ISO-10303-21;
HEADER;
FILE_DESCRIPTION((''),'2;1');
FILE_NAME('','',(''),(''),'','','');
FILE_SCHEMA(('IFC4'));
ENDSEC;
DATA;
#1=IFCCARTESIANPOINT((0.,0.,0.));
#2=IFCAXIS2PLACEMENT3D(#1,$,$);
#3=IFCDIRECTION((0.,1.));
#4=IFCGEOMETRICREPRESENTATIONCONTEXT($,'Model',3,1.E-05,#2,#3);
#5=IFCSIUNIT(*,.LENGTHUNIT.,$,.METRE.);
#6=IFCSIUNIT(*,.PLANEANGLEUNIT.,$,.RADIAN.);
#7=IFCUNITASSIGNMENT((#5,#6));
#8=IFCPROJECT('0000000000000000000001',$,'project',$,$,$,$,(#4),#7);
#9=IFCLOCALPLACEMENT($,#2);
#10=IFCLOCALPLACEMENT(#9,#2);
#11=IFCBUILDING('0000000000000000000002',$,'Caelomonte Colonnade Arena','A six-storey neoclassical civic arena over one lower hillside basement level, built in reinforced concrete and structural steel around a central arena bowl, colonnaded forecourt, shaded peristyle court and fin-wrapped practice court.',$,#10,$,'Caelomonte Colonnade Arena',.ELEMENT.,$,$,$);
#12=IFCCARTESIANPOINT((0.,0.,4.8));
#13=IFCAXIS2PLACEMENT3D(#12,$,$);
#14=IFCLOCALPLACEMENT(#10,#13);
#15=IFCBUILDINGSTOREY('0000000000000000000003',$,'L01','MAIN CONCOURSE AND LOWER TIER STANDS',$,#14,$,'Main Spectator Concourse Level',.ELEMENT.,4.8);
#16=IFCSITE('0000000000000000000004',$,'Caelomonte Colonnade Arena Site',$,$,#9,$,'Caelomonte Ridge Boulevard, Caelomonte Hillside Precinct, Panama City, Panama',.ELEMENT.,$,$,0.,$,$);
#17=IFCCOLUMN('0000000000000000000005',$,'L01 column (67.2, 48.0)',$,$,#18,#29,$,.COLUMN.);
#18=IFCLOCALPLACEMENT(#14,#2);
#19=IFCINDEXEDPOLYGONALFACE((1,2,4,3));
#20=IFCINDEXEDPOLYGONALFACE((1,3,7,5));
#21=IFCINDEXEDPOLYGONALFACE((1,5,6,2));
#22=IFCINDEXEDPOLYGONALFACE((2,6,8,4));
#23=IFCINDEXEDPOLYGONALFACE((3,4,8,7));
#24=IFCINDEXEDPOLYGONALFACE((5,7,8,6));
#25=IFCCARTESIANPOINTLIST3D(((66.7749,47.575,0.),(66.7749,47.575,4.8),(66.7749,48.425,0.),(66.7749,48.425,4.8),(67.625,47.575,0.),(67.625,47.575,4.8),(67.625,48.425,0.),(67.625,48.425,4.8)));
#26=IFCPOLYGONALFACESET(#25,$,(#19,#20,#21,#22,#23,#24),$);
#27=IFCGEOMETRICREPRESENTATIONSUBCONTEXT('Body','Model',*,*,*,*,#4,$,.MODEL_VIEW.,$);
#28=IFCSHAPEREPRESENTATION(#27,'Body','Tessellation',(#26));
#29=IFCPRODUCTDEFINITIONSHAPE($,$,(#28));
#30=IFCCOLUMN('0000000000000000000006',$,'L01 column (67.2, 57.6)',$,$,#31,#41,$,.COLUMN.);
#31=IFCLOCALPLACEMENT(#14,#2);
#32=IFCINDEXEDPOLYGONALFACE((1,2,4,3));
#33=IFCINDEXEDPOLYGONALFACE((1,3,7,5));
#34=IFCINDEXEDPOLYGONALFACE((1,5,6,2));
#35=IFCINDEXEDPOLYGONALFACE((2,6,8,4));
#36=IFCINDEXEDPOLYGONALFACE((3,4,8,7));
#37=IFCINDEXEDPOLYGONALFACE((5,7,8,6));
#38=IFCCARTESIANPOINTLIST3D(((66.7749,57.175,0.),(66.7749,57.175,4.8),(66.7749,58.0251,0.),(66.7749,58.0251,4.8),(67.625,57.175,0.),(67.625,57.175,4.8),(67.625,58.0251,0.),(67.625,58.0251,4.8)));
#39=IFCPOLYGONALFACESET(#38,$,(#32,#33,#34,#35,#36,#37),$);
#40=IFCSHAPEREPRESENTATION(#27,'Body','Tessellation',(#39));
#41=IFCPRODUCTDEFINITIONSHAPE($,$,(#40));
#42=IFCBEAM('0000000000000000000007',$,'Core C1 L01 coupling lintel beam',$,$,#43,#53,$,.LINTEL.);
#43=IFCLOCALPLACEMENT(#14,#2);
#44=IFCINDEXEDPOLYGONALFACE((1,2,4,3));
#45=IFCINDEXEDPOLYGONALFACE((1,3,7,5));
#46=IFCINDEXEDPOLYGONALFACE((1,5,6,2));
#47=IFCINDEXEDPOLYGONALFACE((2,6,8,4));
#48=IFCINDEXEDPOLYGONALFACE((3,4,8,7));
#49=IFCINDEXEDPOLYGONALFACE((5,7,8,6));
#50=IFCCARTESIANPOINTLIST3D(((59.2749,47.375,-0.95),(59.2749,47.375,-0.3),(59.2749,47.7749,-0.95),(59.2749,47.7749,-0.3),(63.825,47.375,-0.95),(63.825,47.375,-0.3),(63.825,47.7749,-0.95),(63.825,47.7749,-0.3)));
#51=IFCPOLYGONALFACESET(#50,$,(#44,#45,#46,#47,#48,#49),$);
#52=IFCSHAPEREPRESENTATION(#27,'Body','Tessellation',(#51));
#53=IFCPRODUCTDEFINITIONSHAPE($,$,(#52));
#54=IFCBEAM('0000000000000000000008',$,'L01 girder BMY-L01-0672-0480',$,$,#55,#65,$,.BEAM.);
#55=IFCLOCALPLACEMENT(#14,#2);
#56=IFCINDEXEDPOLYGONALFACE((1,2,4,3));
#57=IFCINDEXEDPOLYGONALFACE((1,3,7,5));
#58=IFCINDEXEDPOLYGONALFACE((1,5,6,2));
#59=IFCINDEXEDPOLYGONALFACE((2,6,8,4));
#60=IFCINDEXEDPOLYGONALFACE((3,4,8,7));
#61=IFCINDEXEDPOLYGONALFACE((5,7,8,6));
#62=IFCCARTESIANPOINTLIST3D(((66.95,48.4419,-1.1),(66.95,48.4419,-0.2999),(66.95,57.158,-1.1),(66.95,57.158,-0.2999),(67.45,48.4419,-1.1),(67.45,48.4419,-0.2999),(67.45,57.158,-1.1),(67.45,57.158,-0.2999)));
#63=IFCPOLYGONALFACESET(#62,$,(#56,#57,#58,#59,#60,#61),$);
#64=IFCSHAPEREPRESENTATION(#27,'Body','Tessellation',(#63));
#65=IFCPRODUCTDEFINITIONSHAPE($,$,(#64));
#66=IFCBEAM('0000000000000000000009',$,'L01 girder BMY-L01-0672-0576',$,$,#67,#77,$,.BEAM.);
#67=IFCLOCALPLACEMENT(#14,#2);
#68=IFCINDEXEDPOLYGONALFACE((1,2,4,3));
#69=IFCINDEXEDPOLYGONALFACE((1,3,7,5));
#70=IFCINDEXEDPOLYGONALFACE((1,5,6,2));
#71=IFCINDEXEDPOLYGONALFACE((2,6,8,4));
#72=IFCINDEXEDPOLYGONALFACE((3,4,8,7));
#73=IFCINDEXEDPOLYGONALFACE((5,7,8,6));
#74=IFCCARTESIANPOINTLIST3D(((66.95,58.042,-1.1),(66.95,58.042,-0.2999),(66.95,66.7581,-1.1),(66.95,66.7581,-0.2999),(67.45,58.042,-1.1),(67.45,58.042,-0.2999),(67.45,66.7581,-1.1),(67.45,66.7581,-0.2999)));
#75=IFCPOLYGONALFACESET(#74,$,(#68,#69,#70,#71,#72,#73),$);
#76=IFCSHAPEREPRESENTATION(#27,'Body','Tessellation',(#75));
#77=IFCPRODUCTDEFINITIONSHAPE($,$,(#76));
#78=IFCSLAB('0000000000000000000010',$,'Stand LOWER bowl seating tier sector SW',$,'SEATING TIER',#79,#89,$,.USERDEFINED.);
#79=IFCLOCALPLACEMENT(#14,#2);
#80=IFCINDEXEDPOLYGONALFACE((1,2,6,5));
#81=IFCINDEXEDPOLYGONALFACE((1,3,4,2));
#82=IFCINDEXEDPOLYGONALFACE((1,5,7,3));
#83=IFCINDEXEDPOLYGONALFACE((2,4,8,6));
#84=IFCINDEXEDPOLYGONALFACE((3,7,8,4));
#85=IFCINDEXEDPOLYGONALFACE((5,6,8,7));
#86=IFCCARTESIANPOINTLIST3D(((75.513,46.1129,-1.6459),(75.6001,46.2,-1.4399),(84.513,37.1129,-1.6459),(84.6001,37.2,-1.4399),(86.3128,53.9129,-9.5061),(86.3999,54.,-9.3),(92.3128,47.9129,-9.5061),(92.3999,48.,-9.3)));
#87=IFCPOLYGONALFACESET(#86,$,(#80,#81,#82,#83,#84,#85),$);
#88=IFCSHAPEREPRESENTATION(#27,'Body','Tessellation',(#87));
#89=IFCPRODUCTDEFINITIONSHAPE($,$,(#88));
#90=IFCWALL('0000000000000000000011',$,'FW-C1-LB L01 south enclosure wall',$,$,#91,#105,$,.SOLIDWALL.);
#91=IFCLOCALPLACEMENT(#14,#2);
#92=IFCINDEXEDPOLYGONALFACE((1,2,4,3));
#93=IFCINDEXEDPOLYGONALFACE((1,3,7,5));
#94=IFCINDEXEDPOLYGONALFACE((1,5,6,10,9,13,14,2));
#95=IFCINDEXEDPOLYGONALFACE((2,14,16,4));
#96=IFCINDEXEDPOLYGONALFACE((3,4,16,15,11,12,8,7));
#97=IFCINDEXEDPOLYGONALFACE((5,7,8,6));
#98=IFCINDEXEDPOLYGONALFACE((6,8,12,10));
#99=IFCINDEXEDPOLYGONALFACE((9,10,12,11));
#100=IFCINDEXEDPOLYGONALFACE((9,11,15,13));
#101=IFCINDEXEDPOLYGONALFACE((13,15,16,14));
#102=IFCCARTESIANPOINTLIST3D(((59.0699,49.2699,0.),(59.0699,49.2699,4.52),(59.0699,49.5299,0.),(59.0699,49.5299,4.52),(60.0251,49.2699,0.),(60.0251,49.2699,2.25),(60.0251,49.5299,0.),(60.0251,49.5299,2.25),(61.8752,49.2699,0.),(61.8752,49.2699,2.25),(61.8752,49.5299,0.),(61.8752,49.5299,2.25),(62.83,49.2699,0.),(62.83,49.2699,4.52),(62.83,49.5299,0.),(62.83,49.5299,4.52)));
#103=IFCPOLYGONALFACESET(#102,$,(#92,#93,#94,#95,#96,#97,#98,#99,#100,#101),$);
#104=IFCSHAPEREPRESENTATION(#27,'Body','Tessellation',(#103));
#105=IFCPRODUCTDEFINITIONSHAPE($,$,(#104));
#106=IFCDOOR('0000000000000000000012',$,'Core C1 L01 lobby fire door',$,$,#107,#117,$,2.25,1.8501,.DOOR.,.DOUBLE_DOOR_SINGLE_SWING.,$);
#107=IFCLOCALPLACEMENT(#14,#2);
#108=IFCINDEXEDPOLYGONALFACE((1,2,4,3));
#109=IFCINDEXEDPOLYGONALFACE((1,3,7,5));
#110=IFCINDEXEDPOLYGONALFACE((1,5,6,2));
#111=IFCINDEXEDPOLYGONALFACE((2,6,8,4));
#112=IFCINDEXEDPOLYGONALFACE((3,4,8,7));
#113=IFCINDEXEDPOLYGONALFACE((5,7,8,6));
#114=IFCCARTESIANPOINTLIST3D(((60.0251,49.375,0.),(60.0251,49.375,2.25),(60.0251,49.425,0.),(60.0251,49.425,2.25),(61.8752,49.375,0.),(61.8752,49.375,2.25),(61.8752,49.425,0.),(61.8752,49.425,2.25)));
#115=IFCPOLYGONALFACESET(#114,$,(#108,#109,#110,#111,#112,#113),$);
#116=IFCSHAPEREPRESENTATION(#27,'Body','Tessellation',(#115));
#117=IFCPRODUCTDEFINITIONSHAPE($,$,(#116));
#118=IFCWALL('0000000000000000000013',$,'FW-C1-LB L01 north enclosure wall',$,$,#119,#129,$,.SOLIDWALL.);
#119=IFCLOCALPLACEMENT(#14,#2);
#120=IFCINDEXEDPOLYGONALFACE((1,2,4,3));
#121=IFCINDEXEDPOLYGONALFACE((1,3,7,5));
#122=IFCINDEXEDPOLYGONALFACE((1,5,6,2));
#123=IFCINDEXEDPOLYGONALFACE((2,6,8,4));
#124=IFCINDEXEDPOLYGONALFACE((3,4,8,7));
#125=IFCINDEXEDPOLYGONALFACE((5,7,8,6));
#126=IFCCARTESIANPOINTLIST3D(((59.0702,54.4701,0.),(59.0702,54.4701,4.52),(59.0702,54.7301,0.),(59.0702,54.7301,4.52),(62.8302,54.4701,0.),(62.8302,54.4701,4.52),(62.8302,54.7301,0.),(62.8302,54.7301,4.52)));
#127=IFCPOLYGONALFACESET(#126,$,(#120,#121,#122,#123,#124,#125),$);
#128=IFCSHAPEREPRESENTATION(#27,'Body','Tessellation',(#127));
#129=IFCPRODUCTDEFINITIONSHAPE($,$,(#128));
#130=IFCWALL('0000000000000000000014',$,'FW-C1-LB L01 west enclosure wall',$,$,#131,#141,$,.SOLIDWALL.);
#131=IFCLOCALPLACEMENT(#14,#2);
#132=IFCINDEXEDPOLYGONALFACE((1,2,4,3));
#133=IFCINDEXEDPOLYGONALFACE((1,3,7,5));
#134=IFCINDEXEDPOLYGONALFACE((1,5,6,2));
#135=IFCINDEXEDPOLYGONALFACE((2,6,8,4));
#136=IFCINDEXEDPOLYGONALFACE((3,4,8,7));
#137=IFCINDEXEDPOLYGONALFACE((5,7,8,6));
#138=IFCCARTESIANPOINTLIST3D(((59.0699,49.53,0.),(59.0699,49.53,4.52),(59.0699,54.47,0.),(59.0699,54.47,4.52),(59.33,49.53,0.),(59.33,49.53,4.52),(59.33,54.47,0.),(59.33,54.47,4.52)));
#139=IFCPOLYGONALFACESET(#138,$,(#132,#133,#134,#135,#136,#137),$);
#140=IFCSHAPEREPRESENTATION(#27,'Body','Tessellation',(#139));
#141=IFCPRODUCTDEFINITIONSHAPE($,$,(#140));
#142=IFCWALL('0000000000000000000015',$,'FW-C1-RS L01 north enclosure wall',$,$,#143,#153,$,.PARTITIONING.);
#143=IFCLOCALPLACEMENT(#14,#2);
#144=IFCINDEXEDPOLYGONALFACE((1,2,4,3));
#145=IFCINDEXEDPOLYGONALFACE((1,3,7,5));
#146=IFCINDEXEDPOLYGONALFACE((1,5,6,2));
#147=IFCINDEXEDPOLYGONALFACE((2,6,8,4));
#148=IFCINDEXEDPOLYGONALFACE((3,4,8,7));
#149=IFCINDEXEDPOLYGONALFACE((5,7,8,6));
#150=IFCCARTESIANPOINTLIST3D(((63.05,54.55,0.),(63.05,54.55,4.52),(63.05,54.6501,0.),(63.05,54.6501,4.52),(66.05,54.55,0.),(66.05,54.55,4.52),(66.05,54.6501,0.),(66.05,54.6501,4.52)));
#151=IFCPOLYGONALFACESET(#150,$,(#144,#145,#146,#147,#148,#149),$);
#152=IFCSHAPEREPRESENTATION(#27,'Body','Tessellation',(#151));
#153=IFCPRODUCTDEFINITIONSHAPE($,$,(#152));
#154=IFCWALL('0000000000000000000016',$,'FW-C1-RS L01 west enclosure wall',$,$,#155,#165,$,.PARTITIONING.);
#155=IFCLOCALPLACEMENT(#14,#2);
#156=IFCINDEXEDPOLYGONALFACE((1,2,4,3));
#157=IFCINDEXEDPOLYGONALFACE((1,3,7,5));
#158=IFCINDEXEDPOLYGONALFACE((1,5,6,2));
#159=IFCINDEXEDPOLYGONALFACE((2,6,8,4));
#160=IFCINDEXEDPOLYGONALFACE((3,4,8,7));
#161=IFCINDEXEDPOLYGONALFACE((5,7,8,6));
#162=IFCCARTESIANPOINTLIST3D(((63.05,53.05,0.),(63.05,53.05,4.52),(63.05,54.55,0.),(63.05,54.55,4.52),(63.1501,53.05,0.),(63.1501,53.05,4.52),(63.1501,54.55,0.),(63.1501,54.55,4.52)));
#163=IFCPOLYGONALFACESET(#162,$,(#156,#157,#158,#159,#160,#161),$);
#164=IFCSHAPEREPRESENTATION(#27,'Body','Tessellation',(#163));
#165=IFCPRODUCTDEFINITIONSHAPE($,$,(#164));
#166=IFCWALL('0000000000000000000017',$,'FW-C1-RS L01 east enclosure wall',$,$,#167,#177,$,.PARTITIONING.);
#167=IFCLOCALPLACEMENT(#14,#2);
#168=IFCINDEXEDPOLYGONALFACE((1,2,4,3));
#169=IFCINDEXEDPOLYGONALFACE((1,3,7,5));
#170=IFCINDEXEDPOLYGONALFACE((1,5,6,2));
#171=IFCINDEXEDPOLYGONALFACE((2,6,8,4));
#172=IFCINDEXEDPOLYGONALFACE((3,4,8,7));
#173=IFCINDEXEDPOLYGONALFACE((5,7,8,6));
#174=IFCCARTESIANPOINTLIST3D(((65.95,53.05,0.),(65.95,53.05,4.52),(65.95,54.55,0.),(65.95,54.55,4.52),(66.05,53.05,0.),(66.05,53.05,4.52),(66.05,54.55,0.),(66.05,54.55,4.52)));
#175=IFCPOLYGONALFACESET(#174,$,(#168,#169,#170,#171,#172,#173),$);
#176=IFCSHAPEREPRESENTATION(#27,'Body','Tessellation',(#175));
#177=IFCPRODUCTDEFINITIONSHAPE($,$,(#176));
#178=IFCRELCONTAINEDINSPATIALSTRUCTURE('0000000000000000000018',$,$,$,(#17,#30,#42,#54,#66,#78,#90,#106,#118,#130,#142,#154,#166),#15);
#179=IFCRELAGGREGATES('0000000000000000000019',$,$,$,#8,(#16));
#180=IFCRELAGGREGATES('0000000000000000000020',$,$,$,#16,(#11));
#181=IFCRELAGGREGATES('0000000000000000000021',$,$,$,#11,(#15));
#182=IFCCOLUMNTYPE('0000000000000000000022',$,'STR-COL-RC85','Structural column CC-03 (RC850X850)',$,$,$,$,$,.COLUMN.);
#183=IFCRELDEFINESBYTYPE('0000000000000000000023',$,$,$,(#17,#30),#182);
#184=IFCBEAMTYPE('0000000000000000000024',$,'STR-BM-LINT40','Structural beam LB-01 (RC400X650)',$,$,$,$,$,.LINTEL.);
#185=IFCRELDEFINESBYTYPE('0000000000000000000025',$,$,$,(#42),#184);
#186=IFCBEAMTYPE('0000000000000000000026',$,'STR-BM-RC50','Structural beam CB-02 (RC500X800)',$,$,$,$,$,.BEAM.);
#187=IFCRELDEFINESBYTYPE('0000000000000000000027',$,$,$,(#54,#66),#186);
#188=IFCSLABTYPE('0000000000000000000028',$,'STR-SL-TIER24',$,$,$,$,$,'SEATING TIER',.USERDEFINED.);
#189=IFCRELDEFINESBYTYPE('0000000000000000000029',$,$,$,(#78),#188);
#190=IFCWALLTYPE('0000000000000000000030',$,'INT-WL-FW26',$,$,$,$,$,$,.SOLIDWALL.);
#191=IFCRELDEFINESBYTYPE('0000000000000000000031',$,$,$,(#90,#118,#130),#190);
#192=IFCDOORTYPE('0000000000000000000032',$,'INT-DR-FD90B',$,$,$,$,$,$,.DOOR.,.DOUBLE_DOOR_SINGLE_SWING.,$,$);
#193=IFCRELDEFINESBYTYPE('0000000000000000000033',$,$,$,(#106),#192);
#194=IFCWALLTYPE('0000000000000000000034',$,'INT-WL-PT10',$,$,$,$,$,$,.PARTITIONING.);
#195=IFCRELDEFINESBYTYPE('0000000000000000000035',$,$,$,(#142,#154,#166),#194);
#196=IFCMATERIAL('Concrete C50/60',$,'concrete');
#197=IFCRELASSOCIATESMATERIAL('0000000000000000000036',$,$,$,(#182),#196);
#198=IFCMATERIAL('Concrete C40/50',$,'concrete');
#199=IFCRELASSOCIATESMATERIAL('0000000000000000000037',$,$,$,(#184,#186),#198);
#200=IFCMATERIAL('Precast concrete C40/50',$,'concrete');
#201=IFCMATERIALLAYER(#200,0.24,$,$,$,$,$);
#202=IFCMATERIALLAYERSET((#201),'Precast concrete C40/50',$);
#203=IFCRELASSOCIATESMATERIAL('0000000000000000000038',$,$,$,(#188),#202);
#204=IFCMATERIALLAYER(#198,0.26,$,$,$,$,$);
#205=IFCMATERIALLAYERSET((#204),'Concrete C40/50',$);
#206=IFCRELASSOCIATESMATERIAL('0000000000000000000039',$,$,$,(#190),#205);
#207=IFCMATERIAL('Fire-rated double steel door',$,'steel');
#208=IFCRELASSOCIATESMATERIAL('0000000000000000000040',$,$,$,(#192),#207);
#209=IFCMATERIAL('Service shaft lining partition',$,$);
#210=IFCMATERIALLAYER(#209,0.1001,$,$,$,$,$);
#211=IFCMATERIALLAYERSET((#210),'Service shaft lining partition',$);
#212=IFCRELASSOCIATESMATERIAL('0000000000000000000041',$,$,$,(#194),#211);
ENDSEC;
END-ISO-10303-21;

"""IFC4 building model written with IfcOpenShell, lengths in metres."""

from ifc_helpers import new_model, si_unit, direction, frame, frame_2d, origin, origin_2d, place, context, subcontext, project, spatial, polyline, rectangle, outline, extrude, material, layer, layer_set, material_profile, profile_set, type_object, element, fill, save


model = new_model("IFC4")

# Units and contexts
model_context = context("Model", 3, precision=1e-05, world=origin(), true_north=direction((0.0, 1.0)))
body_context = subcontext(model_context, "Body", "Model", "MODEL_VIEW")
ifc_project = project(units=[si_unit("LENGTHUNIT", "METRE"), si_unit("PLANEANGLEUNIT", "RADIAN")], contexts=[model_context])

# Site, building, storey
site_placement = place(None, origin())
site = spatial("IfcSite", under=ifc_project, at=site_placement, Name="Caelomonte Colonnade Arena Site", LongName="Caelomonte Ridge Boulevard, Caelomonte Hillside Precinct, Panama City, Panama", CompositionType="ELEMENT", RefElevation=0.0)
building_placement = place(site_placement, origin())
building = spatial("IfcBuilding", under=site, at=building_placement, Name="Caelomonte Colonnade Arena", Description="A six-storey neoclassical civic arena over one lower hillside basement level, built in reinforced concrete and structural steel around a central arena bowl, colonnaded forecourt, shaded peristyle court and fin-wrapped practice court.", LongName="Caelomonte Colonnade Arena", CompositionType="ELEMENT")
storey_placement = place(building_placement, frame((0.0, 0.0, 4.8)))
storey = spatial("IfcBuildingStorey", under=building, at=storey_placement, Name="L01", Description="MAIN CONCOURSE AND LOWER TIER STANDS", LongName="Main Spectator Concourse Level", CompositionType="ELEMENT", Elevation=4.8)

# Columns
ifc_material_1 = material(Name="Concrete C50/60", Category="concrete")
ifc_material_profile_1 = material_profile(ifc_material_1, rectangle(XDim=0.8501, YDim=0.8501, at=origin_2d()), Name="RC850X850")
ifc_profile_set_1 = profile_set([ifc_material_profile_1], Name="Concrete C50/60")
column_type = type_object("IfcColumnType", Name="STR-COL-RC85", Description="Structural column CC-03 (RC850X850)", PredefinedType="COLUMN", material=ifc_profile_set_1)
for number, where, z_axis, x_axis, name in (
    (1, (67.2, 48.0, 0.0), (0.0, 0.0, 1.0), (1.0, 0.0, 0.0), "L01 column (67.2, 48.0)"),
    (2, (67.2, 57.6001, 0.0), (0.0, 0.0, 1.0), (1.0, 0.0, 0.0), "L01 column (67.2, 57.6)"),
):
    element("IfcColumn", number, at=place(storey_placement, frame(where, z_axis=z_axis, x_axis=x_axis)), inside=storey, type_object=column_type, Name=name, PredefinedType="COLUMN", context=body_context, shape_type="SweptSolid", body=[
        extrude(rectangle(XDim=0.8501, YDim=0.8501, at=origin_2d()), origin(), (0.0, 0.0, 1.0), 4.8),
    ])

# Beams
ifc_material_2 = material(Name="Concrete C40/50", Category="concrete")
ifc_material_profile_2 = material_profile(ifc_material_2, rectangle(XDim=0.3999, YDim=0.6499, at=origin_2d()), Name="RC400X650")
ifc_profile_set_2 = profile_set([ifc_material_profile_2], Name="Concrete C40/50")
beam_type_1 = type_object("IfcBeamType", Name="STR-BM-LINT40", Description="Structural beam LB-01 (RC400X650)", PredefinedType="LINTEL", material=ifc_profile_set_2)
beam_placement = place(storey_placement, frame((59.2749, 47.575, -0.625), z_axis=(1.0, 0.0, 0.0), x_axis=(0.0, 1.0, 0.0)))
element("IfcBeam", 3, at=beam_placement, inside=storey, type_object=beam_type_1, Name="Core C1 L01 coupling lintel beam", PredefinedType="LINTEL", context=body_context, shape_type="SweptSolid", body=[
    extrude(rectangle(XDim=0.3999, YDim=0.6499, at=origin_2d()), origin(), (0.0, 0.0, 1.0), 4.55),
])
ifc_material_profile_3 = material_profile(ifc_material_2, rectangle(XDim=0.5, YDim=0.8, at=origin_2d()), Name="RC500X800")
ifc_profile_set_3 = profile_set([ifc_material_profile_3], Name="Concrete C40/50")
beam_type_2 = type_object("IfcBeamType", Name="STR-BM-RC50", Description="Structural beam CB-02 (RC500X800)", PredefinedType="BEAM", material=ifc_profile_set_3)
for number, where, z_axis, x_axis, name in (
    (4, (67.2, 48.4419, -0.7), (0.0, 1.0, 0.0), (-1.0, 0.0, 0.0), "L01 girder BMY-L01-0672-0480"),
    (5, (67.2, 58.042, -0.7), (0.0, 1.0, 0.0), (-1.0, 0.0, 0.0), "L01 girder BMY-L01-0672-0576"),
):
    element("IfcBeam", number, at=place(storey_placement, frame(where, z_axis=z_axis, x_axis=x_axis)), inside=storey, type_object=beam_type_2, Name=name, PredefinedType="BEAM", context=body_context, shape_type="SweptSolid", body=[
        extrude(rectangle(XDim=0.5, YDim=0.8, at=origin_2d()), origin(), (0.0, 0.0, 1.0), 8.7161),
    ])

# Slab
ifc_material_3 = material(Name="Precast concrete C40/50", Category="concrete")
ifc_layer_1 = layer(ifc_material_3, 0.24)
ifc_layer_set_1 = layer_set([ifc_layer_1], Name="Precast concrete C40/50")
slab_type = type_object("IfcSlabType", Name="STR-SL-TIER24", ElementType="SEATING TIER", PredefinedType="USERDEFINED", material=ifc_layer_set_1)
slab_placement = place(storey_placement, frame((86.3999, 54.0, -9.3), z_axis=(0.362746, 0.362746, 0.858388), x_axis=(0.707107, -0.707107, 0.0)))
element("IfcSlab", 6, at=slab_placement, inside=storey, type_object=slab_type, Name="Stand LOWER bowl seating tier sector SW", ObjectType="SEATING TIER", PredefinedType="USERDEFINED", context=body_context, shape_type="SweptSolid", body=[
    extrude(outline(polyline([(0.0, 0.0), (8.4853, 0.0), (10.6068, -15.3218), (-2.1211, -15.3218), (0.0, 0.0)])), origin(), (0.0, 0.0, -1.0), 0.24),
])

# Wall, opening, door
ifc_layer_2 = layer(ifc_material_2, 0.26)
ifc_layer_set_2 = layer_set([ifc_layer_2], Name="Concrete C40/50")
wall_type_1 = type_object("IfcWallType", Name="INT-WL-FW26", PredefinedType="SOLIDWALL", material=ifc_layer_set_2)
wall_1_placement = place(storey_placement, frame((59.0701, 49.3999, 0.0), z_axis=(0.0, 0.0, 1.0), x_axis=(1.0, 0.0, 0.0)))
wall_1 = element("IfcWall", 7, at=wall_1_placement, inside=storey, type_object=wall_type_1, Name="FW-C1-LB L01 south enclosure wall", PredefinedType="SOLIDWALL", context=body_context, shape_type="SweptSolid", body=[
    extrude(rectangle(XDim=3.76, YDim=0.26, at=frame_2d((1.8799, 0.0))), origin(), (0.0, 0.0, 1.0), 4.52),
])
opening_1_placement = place(wall_1_placement, frame((2.8052, 0.0, 0.0), z_axis=(0.0, 0.0, 1.0), x_axis=(-1.0, 0.0, 0.0)))
opening_1 = element("IfcOpeningElement", 8, at=opening_1_placement, cuts=wall_1, PredefinedType="OPENING", context=body_context, shape_type="SweptSolid", body=[
    extrude(rectangle(XDim=1.8501, YDim=2.25, at=frame_2d((0.925, 1.125))), frame((0.0, 0.1399, 0.0), z_axis=(0.0, -1.0, 0.0), x_axis=(1.0, 0.0, 0.0)), (0.0, 0.0, 1.0), 0.28),
])
ifc_material_4 = material(Name="Fire-rated double steel door", Category="steel")
door_type_1 = type_object("IfcDoorType", Name="INT-DR-FD90B", OperationType="DOUBLE_DOOR_SINGLE_SWING", PredefinedType="DOOR", material=ifc_material_4)
door_1_placement = place(opening_1_placement, origin())
door_1 = element("IfcDoor", 9, at=door_1_placement, inside=storey, type_object=door_type_1, Name="Core C1 L01 lobby fire door", OperationType="DOUBLE_DOOR_SINGLE_SWING", OverallHeight=2.25, OverallWidth=1.8501, PredefinedType="DOOR", context=body_context, shape_type="SweptSolid", body=[
    extrude(rectangle(XDim=1.8501, YDim=2.25, at=frame_2d((0.925, 1.125))), frame((0.0, 0.0249, 0.0), z_axis=(0.0, -1.0, 0.0), x_axis=(1.0, 0.0, 0.0)), (0.0, 0.0, 1.0), 0.05),
])
fill(opening_1, door_1)

# Walls
wall_2_placement = place(storey_placement, frame((62.8301, 54.6001, 0.0), z_axis=(0.0, 0.0, 1.0), x_axis=(-1.0, 0.0, 0.0)))
element("IfcWall", 10, at=wall_2_placement, inside=storey, type_object=wall_type_1, Name="FW-C1-LB L01 north enclosure wall", PredefinedType="SOLIDWALL", context=body_context, shape_type="SweptSolid", body=[
    extrude(rectangle(XDim=3.76, YDim=0.26, at=frame_2d((1.8799, 0.0))), origin(), (0.0, 0.0, 1.0), 4.52),
])
wall_3_placement = place(storey_placement, frame((59.2, 54.47, 0.0), z_axis=(0.0, 0.0, 1.0), x_axis=(0.0, -1.0, 0.0)))
element("IfcWall", 11, at=wall_3_placement, inside=storey, type_object=wall_type_1, Name="FW-C1-LB L01 west enclosure wall", PredefinedType="SOLIDWALL", context=body_context, shape_type="SweptSolid", body=[
    extrude(rectangle(XDim=4.9399, YDim=0.26, at=frame_2d((2.47, 0.0))), origin(), (0.0, 0.0, 1.0), 4.52),
])
ifc_material_5 = material(Name="Service shaft lining partition")
ifc_layer_3 = layer(ifc_material_5, 0.1001)
ifc_layer_set_3 = layer_set([ifc_layer_3], Name="Service shaft lining partition")
wall_type_2 = type_object("IfcWallType", Name="INT-WL-PT10", PredefinedType="PARTITIONING", material=ifc_layer_set_3)
wall_4_placement = place(storey_placement, frame((66.05, 54.6001, 0.0), z_axis=(0.0, 0.0, 1.0), x_axis=(-1.0, 0.0, 0.0)))
element("IfcWall", 12, at=wall_4_placement, inside=storey, type_object=wall_type_2, Name="FW-C1-RS L01 north enclosure wall", PredefinedType="PARTITIONING", context=body_context, shape_type="SweptSolid", body=[
    extrude(rectangle(XDim=3.0, YDim=0.1001, at=frame_2d((1.5, 0.0))), origin(), (0.0, 0.0, 1.0), 4.52),
])
for number, where, z_axis, x_axis, name in (
    (13, (63.1001, 54.55, 0.0), (0.0, 0.0, 1.0), (0.0, -1.0, 0.0), "FW-C1-RS L01 west enclosure wall"),
    (14, (66.0, 53.05, 0.0), (0.0, 0.0, 1.0), (0.0, 1.0, 0.0), "FW-C1-RS L01 east enclosure wall"),
):
    element("IfcWall", number, at=place(storey_placement, frame(where, z_axis=z_axis, x_axis=x_axis)), inside=storey, type_object=wall_type_2, Name=name, PredefinedType="PARTITIONING", context=body_context, shape_type="SweptSolid", body=[
        extrude(rectangle(XDim=1.5, YDim=0.1001, at=frame_2d((0.75, 0.0))), origin(), (0.0, 0.0, 1.0), 4.52),
    ])

save(model, "model.ifc")
